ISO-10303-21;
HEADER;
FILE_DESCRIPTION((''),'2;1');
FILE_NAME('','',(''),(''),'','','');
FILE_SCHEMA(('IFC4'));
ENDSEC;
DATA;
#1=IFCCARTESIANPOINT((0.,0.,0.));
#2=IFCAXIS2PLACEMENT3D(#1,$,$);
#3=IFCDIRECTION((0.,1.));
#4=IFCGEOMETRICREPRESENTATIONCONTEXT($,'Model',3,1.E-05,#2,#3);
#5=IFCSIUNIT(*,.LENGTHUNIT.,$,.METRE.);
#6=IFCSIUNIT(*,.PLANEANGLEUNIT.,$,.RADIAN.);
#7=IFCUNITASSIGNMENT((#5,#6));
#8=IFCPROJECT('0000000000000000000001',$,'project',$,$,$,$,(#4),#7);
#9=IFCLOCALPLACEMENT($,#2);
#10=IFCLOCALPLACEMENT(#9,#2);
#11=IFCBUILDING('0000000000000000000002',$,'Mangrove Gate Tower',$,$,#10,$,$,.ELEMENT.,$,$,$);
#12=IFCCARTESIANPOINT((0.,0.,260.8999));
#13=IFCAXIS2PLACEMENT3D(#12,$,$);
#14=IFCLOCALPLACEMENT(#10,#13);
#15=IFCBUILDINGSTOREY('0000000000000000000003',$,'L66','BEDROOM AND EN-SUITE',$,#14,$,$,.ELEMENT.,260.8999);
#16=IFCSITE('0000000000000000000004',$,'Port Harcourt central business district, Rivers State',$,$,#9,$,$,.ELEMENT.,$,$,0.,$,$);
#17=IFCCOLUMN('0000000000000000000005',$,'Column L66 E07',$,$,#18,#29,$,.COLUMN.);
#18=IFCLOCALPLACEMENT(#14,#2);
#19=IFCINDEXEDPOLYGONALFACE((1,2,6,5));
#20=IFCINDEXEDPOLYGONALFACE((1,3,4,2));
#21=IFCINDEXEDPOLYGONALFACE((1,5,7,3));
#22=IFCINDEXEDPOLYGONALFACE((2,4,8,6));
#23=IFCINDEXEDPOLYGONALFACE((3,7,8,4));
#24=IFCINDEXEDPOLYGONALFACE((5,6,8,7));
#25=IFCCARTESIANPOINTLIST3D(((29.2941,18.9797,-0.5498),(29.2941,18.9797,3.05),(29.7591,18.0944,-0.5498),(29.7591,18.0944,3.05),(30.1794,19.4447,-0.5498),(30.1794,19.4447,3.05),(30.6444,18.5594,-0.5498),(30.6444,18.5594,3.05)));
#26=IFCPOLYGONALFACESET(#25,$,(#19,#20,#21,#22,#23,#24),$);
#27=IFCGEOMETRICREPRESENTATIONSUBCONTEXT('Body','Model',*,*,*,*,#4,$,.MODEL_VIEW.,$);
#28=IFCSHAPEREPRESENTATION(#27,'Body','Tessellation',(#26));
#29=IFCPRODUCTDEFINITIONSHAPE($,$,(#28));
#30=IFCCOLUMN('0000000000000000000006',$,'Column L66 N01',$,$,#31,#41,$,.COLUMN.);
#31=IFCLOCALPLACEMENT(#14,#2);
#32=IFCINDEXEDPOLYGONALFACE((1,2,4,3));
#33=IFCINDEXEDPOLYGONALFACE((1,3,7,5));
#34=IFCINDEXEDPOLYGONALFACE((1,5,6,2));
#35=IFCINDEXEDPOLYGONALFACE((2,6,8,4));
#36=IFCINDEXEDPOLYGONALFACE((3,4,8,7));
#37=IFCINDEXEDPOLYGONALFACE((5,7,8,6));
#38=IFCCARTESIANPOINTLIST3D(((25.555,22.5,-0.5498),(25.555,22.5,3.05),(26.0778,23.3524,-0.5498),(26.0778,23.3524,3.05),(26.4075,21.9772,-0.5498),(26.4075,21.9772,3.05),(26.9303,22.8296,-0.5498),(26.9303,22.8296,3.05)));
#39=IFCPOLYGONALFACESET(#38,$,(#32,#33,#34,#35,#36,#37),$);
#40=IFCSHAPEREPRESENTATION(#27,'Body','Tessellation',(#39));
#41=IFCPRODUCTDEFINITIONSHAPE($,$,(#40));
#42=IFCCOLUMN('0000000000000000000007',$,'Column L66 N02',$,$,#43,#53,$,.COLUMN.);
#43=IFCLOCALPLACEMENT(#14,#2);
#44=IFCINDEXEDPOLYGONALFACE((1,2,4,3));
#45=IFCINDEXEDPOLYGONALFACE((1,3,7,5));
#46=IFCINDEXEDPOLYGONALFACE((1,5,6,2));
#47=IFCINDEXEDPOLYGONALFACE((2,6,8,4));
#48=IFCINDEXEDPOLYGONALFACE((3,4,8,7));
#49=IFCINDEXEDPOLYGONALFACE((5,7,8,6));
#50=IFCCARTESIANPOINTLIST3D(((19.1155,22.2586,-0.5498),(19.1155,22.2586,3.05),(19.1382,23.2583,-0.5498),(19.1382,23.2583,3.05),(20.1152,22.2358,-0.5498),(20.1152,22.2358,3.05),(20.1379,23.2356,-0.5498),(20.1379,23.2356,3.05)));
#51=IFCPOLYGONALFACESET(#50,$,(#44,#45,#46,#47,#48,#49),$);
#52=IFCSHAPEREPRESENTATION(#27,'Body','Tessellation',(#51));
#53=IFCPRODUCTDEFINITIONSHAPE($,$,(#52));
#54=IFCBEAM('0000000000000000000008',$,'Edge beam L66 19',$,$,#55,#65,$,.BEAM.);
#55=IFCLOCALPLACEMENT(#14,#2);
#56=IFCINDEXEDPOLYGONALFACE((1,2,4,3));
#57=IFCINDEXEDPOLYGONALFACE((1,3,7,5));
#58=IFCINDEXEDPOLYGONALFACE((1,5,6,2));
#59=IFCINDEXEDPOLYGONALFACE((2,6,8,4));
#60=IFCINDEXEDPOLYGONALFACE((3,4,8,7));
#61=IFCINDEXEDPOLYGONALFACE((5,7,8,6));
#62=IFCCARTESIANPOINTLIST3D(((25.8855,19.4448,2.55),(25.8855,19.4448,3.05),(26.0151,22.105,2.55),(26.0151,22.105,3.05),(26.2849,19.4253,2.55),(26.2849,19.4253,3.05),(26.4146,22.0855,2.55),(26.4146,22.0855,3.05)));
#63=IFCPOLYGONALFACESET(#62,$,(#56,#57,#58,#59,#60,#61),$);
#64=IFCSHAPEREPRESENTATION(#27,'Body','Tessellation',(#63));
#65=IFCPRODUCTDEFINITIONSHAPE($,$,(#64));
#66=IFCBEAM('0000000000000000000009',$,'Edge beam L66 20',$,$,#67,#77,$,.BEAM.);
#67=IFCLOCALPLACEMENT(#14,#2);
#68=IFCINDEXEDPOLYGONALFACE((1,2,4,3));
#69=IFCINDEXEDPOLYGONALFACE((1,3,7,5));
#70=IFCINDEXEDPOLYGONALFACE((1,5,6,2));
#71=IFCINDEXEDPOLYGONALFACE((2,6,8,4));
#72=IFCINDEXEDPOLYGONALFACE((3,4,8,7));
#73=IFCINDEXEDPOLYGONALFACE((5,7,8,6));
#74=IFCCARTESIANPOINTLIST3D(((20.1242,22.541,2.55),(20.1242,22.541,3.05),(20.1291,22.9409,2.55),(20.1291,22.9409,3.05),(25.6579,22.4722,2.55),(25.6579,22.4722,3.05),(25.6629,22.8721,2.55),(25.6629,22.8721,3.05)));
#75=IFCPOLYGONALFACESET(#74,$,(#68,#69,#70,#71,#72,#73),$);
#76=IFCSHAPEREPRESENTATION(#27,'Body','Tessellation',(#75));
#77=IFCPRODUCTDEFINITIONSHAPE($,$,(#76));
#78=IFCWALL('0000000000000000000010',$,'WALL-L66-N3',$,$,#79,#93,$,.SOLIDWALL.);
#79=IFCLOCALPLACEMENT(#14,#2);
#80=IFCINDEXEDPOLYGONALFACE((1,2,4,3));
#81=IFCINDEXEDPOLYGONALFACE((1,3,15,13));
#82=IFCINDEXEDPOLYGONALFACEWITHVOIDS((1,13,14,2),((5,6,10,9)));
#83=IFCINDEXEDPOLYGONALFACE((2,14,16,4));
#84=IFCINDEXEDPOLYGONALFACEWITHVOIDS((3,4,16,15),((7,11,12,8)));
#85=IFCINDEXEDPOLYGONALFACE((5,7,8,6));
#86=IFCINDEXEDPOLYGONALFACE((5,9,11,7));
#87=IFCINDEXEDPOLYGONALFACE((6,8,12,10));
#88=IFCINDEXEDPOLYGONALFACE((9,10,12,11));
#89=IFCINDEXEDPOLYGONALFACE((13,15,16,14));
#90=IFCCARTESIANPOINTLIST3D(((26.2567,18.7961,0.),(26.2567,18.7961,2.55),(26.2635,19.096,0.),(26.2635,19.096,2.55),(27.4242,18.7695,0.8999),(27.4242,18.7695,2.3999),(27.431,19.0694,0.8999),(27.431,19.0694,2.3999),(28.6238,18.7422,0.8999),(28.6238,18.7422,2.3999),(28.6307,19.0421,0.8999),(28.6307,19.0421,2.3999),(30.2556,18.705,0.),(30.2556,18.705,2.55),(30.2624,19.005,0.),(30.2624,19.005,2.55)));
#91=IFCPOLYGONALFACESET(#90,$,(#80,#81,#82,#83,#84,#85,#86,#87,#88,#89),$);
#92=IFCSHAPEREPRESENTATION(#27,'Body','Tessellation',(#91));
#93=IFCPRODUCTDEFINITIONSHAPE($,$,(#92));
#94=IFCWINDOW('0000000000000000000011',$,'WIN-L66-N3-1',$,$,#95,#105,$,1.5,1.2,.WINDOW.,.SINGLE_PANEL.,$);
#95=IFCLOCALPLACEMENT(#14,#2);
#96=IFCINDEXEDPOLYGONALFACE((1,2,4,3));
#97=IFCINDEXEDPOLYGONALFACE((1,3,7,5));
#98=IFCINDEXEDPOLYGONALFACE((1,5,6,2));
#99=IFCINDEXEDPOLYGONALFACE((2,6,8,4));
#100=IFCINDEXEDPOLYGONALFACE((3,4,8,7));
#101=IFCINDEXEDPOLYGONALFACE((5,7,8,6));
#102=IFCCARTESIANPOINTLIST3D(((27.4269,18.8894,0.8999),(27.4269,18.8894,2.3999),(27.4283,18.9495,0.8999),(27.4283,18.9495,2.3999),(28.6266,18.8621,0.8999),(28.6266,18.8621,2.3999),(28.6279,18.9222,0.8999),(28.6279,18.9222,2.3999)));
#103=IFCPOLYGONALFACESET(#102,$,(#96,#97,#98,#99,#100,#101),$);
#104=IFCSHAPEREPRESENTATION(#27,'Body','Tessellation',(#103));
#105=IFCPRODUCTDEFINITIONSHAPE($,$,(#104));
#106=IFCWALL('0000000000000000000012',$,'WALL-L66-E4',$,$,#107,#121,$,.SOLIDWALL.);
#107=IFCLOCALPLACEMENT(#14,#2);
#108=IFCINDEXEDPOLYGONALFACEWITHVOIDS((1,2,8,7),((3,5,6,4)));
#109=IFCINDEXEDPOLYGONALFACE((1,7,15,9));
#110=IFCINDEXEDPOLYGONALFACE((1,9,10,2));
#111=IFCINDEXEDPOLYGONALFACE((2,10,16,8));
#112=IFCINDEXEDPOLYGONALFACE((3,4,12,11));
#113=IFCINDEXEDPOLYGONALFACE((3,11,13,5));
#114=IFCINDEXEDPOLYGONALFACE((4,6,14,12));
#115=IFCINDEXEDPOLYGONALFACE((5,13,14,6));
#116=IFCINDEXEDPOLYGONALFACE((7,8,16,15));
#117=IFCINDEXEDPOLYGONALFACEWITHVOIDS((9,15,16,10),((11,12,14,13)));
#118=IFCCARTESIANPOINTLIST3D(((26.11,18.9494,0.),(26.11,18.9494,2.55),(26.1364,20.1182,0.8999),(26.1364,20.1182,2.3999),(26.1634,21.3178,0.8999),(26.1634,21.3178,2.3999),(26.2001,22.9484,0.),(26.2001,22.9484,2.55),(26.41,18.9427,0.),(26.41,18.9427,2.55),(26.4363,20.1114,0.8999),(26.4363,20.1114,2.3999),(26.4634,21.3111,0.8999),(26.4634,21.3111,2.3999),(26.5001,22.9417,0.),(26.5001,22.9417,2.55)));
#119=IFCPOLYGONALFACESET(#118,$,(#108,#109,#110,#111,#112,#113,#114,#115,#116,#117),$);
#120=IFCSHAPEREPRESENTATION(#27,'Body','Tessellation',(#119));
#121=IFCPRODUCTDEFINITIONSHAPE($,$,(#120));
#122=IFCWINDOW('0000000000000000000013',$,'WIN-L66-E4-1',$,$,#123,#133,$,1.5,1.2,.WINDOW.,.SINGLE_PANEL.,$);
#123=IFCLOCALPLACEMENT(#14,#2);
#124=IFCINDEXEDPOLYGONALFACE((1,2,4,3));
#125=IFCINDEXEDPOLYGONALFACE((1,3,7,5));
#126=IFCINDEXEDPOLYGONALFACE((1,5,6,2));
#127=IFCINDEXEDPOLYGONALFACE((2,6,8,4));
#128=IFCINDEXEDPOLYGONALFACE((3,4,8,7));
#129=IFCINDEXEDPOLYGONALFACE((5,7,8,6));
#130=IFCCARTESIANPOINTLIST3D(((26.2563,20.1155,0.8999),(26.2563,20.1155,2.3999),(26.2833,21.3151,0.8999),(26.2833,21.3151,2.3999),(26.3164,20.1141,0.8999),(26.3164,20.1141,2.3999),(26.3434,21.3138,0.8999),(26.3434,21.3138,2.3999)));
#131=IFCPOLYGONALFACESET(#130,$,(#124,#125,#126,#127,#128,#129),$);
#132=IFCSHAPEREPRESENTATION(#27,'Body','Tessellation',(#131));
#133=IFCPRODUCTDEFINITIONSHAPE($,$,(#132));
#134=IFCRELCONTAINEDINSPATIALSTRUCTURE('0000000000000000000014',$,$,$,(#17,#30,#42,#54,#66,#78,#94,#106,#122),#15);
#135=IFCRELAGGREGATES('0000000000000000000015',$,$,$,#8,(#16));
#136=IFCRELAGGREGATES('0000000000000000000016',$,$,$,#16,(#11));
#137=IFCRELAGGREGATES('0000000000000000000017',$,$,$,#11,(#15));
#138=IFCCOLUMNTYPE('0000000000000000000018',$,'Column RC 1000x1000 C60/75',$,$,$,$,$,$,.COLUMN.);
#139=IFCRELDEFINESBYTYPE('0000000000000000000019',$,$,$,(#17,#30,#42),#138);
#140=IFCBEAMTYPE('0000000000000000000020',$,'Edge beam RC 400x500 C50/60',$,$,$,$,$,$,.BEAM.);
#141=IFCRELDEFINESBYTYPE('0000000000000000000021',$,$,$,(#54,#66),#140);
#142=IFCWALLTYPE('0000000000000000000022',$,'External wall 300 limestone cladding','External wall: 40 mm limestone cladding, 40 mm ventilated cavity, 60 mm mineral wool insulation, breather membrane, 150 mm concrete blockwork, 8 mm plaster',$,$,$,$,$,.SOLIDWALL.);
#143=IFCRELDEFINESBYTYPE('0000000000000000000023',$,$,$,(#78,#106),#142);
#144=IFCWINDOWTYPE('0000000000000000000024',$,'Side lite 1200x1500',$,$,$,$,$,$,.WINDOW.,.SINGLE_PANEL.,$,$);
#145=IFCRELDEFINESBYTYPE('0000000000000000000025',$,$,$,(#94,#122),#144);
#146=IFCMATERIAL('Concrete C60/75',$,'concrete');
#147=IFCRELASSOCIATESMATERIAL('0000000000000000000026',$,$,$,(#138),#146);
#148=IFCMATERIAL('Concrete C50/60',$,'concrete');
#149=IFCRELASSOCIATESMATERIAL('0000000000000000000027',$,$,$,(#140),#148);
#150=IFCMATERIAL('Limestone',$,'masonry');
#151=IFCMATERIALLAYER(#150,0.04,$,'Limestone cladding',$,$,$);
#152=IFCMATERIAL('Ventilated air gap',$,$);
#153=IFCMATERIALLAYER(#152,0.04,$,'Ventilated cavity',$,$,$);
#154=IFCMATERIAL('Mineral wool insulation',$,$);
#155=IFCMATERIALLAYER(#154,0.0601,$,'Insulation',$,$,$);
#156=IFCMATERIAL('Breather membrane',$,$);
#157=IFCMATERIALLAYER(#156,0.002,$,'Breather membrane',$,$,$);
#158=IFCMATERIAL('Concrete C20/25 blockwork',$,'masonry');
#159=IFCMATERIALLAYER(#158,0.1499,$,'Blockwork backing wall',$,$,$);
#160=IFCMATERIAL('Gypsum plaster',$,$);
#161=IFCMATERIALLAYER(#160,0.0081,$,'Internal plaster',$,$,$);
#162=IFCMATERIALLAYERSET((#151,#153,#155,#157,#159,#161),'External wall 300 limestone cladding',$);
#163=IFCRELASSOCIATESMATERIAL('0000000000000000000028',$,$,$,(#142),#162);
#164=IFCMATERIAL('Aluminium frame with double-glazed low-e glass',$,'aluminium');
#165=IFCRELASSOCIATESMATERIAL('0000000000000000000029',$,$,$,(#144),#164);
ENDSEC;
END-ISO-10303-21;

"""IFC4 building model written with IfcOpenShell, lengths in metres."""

from ifc_helpers import new_model, si_unit, direction, frame, frame_2d, origin, origin_2d, place, context, subcontext, project, spatial, rectangle, extrude, material, layer, layer_set, material_profile, profile_set, type_object, element, fill, save


model = new_model("IFC4")

# Units and contexts
model_context = context("Model", 3, precision=1e-05, world=origin(), true_north=direction((0.0, 1.0)))
body_context = subcontext(model_context, "Body", "Model", "MODEL_VIEW")
ifc_project = project(units=[si_unit("LENGTHUNIT", "METRE"), si_unit("PLANEANGLEUNIT", "RADIAN")], contexts=[model_context])

# Site, building, storey
site_placement = place(None, origin())
site = spatial("IfcSite", under=ifc_project, at=site_placement, Name="Port Harcourt central business district, Rivers State", CompositionType="ELEMENT", RefElevation=0.0)
building_placement = place(site_placement, origin())
building = spatial("IfcBuilding", under=site, at=building_placement, Name="Mangrove Gate Tower", CompositionType="ELEMENT")
storey_placement = place(building_placement, frame((0.0, 0.0, 260.8999)))
storey = spatial("IfcBuildingStorey", under=building, at=storey_placement, Name="L66", Description="BEDROOM AND EN-SUITE", CompositionType="ELEMENT", Elevation=260.8999)

# Columns
ifc_material_1 = material(Name="Concrete C60/75", Category="concrete")
ifc_material_profile_1 = material_profile(ifc_material_1, rectangle(XDim=1.0, YDim=1.0, at=origin_2d()))
ifc_profile_set_1 = profile_set([ifc_material_profile_1], Name="Concrete C60/75")
column_type = type_object("IfcColumnType", Name="Column RC 1000x1000 C60/75", PredefinedType="COLUMN", material=ifc_profile_set_1)
for number, where, z_axis, x_axis, name in (
    (1, (29.9692, 18.7695, -0.5498), (0.0, 0.0, 1.0), (-0.465022, 0.885299, 0.0), "Column L66 E07"),
    (2, (26.2427, 22.6648, -0.5498), (0.0, 0.0, 1.0), (-0.852457, 0.522798, 0.0), "Column L66 N01"),
    (3, (19.6267, 22.7471, -0.5498), (0.0, 0.0, 1.0), (-0.999742, 0.022715, 0.0), "Column L66 N02"),
):
    element("IfcColumn", number, at=place(storey_placement, frame(where, z_axis=z_axis, x_axis=x_axis)), inside=storey, type_object=column_type, Name=name, PredefinedType="COLUMN", context=body_context, shape_type="SweptSolid", body=[
        extrude(rectangle(XDim=1.0, YDim=1.0, at=origin_2d()), origin(), (0.0, 0.0, 1.0), 3.5999),
    ])

# Beams
ifc_material_2 = material(Name="Concrete C50/60", Category="concrete")
ifc_material_profile_2 = material_profile(ifc_material_2, rectangle(XDim=0.3999, YDim=0.5, at=origin_2d()))
ifc_profile_set_2 = profile_set([ifc_material_profile_2], Name="Concrete C50/60")
beam_type = type_object("IfcBeamType", Name="Edge beam RC 400x500 C50/60", PredefinedType="BEAM", material=ifc_profile_set_2)
beam_1_placement = place(storey_placement, frame((26.0852, 19.4351, 2.8), z_axis=(0.048676, 0.998815, 0.0), x_axis=(-0.998815, 0.048676, 0.0)))
element("IfcBeam", 4, at=beam_1_placement, inside=storey, type_object=beam_type, Name="Edge beam L66 19", PredefinedType="BEAM", context=body_context, shape_type="SweptSolid", body=[
    extrude(rectangle(XDim=0.3999, YDim=0.5, at=origin_2d()), origin(), (0.0, 0.0, 1.0), 2.6633),
])
beam_2_placement = place(storey_placement, frame((25.6604, 22.6721, 2.8), z_axis=(-0.999923, 0.012441, 0.0), x_axis=(-0.012441, -0.999923, 0.0)))
element("IfcBeam", 5, at=beam_2_placement, inside=storey, type_object=beam_type, Name="Edge beam L66 20", PredefinedType="BEAM", context=body_context, shape_type="SweptSolid", body=[
    extrude(rectangle(XDim=0.3999, YDim=0.5, at=origin_2d()), origin(), (0.0, 0.0, 1.0), 5.5342),
])

# Walls, openings, windows
ifc_material_3 = material(Name="Limestone", Category="masonry")
ifc_layer_1 = layer(ifc_material_3, 0.04, Name="Limestone cladding")
ifc_material_4 = material(Name="Ventilated air gap")
ifc_layer_2 = layer(ifc_material_4, 0.04, Name="Ventilated cavity")
ifc_material_5 = material(Name="Mineral wool insulation")
ifc_layer_3 = layer(ifc_material_5, 0.0601, Name="Insulation")
ifc_material_6 = material(Name="Breather membrane")
ifc_layer_4 = layer(ifc_material_6, 0.002, Name="Breather membrane")
ifc_material_7 = material(Name="Concrete C20/25 blockwork", Category="masonry")
ifc_layer_5 = layer(ifc_material_7, 0.1499, Name="Blockwork backing wall")
ifc_material_8 = material(Name="Gypsum plaster")
ifc_layer_6 = layer(ifc_material_8, 0.0081, Name="Internal plaster")
ifc_layer_set = layer_set([ifc_layer_1, ifc_layer_2, ifc_layer_3, ifc_layer_4, ifc_layer_5, ifc_layer_6], Name="External wall 300 limestone cladding")
wall_type = type_object("IfcWallType", Name="External wall 300 limestone cladding", Description="External wall: 40 mm limestone cladding, 40 mm ventilated cavity, 60 mm mineral wool insulation, breather membrane, 150 mm concrete blockwork, 8 mm plaster", PredefinedType="SOLIDWALL", material=ifc_layer_set)
wall_1_placement = place(storey_placement, frame((30.259, 18.855, 0.0), z_axis=(0.0, 0.0, 1.0), x_axis=(-0.999741, 0.022766, 0.0)))
wall_1 = element("IfcWall", 6, at=wall_1_placement, inside=storey, type_object=wall_type, Name="WALL-L66-N3", PredefinedType="SOLIDWALL", context=body_context, shape_type="SweptSolid", body=[
    extrude(rectangle(XDim=4.0, YDim=0.3, at=frame_2d((2.0, 0.0))), origin(), (0.0, 0.0, 1.0), 2.55),
])
opening_1_placement = place(wall_1_placement, frame((1.6321, 0.0, 0.8999)))
opening_1 = element("IfcOpeningElement", 7, at=opening_1_placement, cuts=wall_1, PredefinedType="OPENING", context=body_context, shape_type="SweptSolid", body=[
    extrude(rectangle(XDim=1.2, YDim=1.5, at=frame_2d((0.6001, 0.75))), frame((0.0, 0.1599, 0.0), z_axis=(0.0, -1.0, 0.0), x_axis=(1.0, 0.0, 0.0)), (0.0, 0.0, 1.0), 0.3201),
])
ifc_material_9 = material(Name="Aluminium frame with double-glazed low-e glass", Category="aluminium")
window_type_1 = type_object("IfcWindowType", Name="Side lite 1200x1500", PartitioningType="SINGLE_PANEL", PredefinedType="WINDOW", material=ifc_material_9)
window_1_placement = place(opening_1_placement, origin())
window_1 = element("IfcWindow", 8, at=window_1_placement, inside=storey, type_object=window_type_1, Name="WIN-L66-N3-1", OverallHeight=1.5, OverallWidth=1.2, PartitioningType="SINGLE_PANEL", PredefinedType="WINDOW", context=body_context, shape_type="SweptSolid", body=[
    extrude(rectangle(XDim=1.2, YDim=1.5, at=frame_2d((0.6001, 0.75))), frame((0.0, 0.03, 0.0), z_axis=(0.0, -1.0, 0.0), x_axis=(1.0, 0.0, 0.0)), (0.0, 0.0, 1.0), 0.0601),
])
fill(opening_1, window_1)
wall_2_placement = place(storey_placement, frame((26.26, 18.946, 0.0), z_axis=(0.0, 0.0, 1.0), x_axis=(0.022522, 0.999746, 0.0)))
wall_2 = element("IfcWall", 9, at=wall_2_placement, inside=storey, type_object=wall_type, Name="WALL-L66-E4", PredefinedType="SOLIDWALL", context=body_context, shape_type="SweptSolid", body=[
    extrude(rectangle(XDim=4.0, YDim=0.3, at=frame_2d((2.0, 0.0))), origin(), (0.0, 0.0, 1.0), 2.55),
])
opening_2_placement = place(wall_2_placement, frame((1.1689, 0.0, 0.8999)))
opening_2 = element("IfcOpeningElement", 10, at=opening_2_placement, cuts=wall_2, PredefinedType="OPENING", context=body_context, shape_type="SweptSolid", body=[
    extrude(rectangle(XDim=1.2, YDim=1.5, at=frame_2d((0.6001, 0.75))), frame((0.0, 0.1599, 0.0), z_axis=(0.0, -1.0, 0.0), x_axis=(1.0, 0.0, 0.0)), (0.0, 0.0, 1.0), 0.3201),
])
window_2_placement = place(opening_2_placement, origin())
window_2 = element("IfcWindow", 11, at=window_2_placement, inside=storey, type_object=window_type_1, Name="WIN-L66-E4-1", OverallHeight=1.5, OverallWidth=1.2, PartitioningType="SINGLE_PANEL", PredefinedType="WINDOW", context=body_context, shape_type="SweptSolid", body=[
    extrude(rectangle(XDim=1.2, YDim=1.5, at=frame_2d((0.6001, 0.75))), frame((0.0, 0.03, 0.0), z_axis=(0.0, -1.0, 0.0), x_axis=(1.0, 0.0, 0.0)), (0.0, 0.0, 1.0), 0.0601),
])
fill(opening_2, window_2)

save(model, "model.ifc")
